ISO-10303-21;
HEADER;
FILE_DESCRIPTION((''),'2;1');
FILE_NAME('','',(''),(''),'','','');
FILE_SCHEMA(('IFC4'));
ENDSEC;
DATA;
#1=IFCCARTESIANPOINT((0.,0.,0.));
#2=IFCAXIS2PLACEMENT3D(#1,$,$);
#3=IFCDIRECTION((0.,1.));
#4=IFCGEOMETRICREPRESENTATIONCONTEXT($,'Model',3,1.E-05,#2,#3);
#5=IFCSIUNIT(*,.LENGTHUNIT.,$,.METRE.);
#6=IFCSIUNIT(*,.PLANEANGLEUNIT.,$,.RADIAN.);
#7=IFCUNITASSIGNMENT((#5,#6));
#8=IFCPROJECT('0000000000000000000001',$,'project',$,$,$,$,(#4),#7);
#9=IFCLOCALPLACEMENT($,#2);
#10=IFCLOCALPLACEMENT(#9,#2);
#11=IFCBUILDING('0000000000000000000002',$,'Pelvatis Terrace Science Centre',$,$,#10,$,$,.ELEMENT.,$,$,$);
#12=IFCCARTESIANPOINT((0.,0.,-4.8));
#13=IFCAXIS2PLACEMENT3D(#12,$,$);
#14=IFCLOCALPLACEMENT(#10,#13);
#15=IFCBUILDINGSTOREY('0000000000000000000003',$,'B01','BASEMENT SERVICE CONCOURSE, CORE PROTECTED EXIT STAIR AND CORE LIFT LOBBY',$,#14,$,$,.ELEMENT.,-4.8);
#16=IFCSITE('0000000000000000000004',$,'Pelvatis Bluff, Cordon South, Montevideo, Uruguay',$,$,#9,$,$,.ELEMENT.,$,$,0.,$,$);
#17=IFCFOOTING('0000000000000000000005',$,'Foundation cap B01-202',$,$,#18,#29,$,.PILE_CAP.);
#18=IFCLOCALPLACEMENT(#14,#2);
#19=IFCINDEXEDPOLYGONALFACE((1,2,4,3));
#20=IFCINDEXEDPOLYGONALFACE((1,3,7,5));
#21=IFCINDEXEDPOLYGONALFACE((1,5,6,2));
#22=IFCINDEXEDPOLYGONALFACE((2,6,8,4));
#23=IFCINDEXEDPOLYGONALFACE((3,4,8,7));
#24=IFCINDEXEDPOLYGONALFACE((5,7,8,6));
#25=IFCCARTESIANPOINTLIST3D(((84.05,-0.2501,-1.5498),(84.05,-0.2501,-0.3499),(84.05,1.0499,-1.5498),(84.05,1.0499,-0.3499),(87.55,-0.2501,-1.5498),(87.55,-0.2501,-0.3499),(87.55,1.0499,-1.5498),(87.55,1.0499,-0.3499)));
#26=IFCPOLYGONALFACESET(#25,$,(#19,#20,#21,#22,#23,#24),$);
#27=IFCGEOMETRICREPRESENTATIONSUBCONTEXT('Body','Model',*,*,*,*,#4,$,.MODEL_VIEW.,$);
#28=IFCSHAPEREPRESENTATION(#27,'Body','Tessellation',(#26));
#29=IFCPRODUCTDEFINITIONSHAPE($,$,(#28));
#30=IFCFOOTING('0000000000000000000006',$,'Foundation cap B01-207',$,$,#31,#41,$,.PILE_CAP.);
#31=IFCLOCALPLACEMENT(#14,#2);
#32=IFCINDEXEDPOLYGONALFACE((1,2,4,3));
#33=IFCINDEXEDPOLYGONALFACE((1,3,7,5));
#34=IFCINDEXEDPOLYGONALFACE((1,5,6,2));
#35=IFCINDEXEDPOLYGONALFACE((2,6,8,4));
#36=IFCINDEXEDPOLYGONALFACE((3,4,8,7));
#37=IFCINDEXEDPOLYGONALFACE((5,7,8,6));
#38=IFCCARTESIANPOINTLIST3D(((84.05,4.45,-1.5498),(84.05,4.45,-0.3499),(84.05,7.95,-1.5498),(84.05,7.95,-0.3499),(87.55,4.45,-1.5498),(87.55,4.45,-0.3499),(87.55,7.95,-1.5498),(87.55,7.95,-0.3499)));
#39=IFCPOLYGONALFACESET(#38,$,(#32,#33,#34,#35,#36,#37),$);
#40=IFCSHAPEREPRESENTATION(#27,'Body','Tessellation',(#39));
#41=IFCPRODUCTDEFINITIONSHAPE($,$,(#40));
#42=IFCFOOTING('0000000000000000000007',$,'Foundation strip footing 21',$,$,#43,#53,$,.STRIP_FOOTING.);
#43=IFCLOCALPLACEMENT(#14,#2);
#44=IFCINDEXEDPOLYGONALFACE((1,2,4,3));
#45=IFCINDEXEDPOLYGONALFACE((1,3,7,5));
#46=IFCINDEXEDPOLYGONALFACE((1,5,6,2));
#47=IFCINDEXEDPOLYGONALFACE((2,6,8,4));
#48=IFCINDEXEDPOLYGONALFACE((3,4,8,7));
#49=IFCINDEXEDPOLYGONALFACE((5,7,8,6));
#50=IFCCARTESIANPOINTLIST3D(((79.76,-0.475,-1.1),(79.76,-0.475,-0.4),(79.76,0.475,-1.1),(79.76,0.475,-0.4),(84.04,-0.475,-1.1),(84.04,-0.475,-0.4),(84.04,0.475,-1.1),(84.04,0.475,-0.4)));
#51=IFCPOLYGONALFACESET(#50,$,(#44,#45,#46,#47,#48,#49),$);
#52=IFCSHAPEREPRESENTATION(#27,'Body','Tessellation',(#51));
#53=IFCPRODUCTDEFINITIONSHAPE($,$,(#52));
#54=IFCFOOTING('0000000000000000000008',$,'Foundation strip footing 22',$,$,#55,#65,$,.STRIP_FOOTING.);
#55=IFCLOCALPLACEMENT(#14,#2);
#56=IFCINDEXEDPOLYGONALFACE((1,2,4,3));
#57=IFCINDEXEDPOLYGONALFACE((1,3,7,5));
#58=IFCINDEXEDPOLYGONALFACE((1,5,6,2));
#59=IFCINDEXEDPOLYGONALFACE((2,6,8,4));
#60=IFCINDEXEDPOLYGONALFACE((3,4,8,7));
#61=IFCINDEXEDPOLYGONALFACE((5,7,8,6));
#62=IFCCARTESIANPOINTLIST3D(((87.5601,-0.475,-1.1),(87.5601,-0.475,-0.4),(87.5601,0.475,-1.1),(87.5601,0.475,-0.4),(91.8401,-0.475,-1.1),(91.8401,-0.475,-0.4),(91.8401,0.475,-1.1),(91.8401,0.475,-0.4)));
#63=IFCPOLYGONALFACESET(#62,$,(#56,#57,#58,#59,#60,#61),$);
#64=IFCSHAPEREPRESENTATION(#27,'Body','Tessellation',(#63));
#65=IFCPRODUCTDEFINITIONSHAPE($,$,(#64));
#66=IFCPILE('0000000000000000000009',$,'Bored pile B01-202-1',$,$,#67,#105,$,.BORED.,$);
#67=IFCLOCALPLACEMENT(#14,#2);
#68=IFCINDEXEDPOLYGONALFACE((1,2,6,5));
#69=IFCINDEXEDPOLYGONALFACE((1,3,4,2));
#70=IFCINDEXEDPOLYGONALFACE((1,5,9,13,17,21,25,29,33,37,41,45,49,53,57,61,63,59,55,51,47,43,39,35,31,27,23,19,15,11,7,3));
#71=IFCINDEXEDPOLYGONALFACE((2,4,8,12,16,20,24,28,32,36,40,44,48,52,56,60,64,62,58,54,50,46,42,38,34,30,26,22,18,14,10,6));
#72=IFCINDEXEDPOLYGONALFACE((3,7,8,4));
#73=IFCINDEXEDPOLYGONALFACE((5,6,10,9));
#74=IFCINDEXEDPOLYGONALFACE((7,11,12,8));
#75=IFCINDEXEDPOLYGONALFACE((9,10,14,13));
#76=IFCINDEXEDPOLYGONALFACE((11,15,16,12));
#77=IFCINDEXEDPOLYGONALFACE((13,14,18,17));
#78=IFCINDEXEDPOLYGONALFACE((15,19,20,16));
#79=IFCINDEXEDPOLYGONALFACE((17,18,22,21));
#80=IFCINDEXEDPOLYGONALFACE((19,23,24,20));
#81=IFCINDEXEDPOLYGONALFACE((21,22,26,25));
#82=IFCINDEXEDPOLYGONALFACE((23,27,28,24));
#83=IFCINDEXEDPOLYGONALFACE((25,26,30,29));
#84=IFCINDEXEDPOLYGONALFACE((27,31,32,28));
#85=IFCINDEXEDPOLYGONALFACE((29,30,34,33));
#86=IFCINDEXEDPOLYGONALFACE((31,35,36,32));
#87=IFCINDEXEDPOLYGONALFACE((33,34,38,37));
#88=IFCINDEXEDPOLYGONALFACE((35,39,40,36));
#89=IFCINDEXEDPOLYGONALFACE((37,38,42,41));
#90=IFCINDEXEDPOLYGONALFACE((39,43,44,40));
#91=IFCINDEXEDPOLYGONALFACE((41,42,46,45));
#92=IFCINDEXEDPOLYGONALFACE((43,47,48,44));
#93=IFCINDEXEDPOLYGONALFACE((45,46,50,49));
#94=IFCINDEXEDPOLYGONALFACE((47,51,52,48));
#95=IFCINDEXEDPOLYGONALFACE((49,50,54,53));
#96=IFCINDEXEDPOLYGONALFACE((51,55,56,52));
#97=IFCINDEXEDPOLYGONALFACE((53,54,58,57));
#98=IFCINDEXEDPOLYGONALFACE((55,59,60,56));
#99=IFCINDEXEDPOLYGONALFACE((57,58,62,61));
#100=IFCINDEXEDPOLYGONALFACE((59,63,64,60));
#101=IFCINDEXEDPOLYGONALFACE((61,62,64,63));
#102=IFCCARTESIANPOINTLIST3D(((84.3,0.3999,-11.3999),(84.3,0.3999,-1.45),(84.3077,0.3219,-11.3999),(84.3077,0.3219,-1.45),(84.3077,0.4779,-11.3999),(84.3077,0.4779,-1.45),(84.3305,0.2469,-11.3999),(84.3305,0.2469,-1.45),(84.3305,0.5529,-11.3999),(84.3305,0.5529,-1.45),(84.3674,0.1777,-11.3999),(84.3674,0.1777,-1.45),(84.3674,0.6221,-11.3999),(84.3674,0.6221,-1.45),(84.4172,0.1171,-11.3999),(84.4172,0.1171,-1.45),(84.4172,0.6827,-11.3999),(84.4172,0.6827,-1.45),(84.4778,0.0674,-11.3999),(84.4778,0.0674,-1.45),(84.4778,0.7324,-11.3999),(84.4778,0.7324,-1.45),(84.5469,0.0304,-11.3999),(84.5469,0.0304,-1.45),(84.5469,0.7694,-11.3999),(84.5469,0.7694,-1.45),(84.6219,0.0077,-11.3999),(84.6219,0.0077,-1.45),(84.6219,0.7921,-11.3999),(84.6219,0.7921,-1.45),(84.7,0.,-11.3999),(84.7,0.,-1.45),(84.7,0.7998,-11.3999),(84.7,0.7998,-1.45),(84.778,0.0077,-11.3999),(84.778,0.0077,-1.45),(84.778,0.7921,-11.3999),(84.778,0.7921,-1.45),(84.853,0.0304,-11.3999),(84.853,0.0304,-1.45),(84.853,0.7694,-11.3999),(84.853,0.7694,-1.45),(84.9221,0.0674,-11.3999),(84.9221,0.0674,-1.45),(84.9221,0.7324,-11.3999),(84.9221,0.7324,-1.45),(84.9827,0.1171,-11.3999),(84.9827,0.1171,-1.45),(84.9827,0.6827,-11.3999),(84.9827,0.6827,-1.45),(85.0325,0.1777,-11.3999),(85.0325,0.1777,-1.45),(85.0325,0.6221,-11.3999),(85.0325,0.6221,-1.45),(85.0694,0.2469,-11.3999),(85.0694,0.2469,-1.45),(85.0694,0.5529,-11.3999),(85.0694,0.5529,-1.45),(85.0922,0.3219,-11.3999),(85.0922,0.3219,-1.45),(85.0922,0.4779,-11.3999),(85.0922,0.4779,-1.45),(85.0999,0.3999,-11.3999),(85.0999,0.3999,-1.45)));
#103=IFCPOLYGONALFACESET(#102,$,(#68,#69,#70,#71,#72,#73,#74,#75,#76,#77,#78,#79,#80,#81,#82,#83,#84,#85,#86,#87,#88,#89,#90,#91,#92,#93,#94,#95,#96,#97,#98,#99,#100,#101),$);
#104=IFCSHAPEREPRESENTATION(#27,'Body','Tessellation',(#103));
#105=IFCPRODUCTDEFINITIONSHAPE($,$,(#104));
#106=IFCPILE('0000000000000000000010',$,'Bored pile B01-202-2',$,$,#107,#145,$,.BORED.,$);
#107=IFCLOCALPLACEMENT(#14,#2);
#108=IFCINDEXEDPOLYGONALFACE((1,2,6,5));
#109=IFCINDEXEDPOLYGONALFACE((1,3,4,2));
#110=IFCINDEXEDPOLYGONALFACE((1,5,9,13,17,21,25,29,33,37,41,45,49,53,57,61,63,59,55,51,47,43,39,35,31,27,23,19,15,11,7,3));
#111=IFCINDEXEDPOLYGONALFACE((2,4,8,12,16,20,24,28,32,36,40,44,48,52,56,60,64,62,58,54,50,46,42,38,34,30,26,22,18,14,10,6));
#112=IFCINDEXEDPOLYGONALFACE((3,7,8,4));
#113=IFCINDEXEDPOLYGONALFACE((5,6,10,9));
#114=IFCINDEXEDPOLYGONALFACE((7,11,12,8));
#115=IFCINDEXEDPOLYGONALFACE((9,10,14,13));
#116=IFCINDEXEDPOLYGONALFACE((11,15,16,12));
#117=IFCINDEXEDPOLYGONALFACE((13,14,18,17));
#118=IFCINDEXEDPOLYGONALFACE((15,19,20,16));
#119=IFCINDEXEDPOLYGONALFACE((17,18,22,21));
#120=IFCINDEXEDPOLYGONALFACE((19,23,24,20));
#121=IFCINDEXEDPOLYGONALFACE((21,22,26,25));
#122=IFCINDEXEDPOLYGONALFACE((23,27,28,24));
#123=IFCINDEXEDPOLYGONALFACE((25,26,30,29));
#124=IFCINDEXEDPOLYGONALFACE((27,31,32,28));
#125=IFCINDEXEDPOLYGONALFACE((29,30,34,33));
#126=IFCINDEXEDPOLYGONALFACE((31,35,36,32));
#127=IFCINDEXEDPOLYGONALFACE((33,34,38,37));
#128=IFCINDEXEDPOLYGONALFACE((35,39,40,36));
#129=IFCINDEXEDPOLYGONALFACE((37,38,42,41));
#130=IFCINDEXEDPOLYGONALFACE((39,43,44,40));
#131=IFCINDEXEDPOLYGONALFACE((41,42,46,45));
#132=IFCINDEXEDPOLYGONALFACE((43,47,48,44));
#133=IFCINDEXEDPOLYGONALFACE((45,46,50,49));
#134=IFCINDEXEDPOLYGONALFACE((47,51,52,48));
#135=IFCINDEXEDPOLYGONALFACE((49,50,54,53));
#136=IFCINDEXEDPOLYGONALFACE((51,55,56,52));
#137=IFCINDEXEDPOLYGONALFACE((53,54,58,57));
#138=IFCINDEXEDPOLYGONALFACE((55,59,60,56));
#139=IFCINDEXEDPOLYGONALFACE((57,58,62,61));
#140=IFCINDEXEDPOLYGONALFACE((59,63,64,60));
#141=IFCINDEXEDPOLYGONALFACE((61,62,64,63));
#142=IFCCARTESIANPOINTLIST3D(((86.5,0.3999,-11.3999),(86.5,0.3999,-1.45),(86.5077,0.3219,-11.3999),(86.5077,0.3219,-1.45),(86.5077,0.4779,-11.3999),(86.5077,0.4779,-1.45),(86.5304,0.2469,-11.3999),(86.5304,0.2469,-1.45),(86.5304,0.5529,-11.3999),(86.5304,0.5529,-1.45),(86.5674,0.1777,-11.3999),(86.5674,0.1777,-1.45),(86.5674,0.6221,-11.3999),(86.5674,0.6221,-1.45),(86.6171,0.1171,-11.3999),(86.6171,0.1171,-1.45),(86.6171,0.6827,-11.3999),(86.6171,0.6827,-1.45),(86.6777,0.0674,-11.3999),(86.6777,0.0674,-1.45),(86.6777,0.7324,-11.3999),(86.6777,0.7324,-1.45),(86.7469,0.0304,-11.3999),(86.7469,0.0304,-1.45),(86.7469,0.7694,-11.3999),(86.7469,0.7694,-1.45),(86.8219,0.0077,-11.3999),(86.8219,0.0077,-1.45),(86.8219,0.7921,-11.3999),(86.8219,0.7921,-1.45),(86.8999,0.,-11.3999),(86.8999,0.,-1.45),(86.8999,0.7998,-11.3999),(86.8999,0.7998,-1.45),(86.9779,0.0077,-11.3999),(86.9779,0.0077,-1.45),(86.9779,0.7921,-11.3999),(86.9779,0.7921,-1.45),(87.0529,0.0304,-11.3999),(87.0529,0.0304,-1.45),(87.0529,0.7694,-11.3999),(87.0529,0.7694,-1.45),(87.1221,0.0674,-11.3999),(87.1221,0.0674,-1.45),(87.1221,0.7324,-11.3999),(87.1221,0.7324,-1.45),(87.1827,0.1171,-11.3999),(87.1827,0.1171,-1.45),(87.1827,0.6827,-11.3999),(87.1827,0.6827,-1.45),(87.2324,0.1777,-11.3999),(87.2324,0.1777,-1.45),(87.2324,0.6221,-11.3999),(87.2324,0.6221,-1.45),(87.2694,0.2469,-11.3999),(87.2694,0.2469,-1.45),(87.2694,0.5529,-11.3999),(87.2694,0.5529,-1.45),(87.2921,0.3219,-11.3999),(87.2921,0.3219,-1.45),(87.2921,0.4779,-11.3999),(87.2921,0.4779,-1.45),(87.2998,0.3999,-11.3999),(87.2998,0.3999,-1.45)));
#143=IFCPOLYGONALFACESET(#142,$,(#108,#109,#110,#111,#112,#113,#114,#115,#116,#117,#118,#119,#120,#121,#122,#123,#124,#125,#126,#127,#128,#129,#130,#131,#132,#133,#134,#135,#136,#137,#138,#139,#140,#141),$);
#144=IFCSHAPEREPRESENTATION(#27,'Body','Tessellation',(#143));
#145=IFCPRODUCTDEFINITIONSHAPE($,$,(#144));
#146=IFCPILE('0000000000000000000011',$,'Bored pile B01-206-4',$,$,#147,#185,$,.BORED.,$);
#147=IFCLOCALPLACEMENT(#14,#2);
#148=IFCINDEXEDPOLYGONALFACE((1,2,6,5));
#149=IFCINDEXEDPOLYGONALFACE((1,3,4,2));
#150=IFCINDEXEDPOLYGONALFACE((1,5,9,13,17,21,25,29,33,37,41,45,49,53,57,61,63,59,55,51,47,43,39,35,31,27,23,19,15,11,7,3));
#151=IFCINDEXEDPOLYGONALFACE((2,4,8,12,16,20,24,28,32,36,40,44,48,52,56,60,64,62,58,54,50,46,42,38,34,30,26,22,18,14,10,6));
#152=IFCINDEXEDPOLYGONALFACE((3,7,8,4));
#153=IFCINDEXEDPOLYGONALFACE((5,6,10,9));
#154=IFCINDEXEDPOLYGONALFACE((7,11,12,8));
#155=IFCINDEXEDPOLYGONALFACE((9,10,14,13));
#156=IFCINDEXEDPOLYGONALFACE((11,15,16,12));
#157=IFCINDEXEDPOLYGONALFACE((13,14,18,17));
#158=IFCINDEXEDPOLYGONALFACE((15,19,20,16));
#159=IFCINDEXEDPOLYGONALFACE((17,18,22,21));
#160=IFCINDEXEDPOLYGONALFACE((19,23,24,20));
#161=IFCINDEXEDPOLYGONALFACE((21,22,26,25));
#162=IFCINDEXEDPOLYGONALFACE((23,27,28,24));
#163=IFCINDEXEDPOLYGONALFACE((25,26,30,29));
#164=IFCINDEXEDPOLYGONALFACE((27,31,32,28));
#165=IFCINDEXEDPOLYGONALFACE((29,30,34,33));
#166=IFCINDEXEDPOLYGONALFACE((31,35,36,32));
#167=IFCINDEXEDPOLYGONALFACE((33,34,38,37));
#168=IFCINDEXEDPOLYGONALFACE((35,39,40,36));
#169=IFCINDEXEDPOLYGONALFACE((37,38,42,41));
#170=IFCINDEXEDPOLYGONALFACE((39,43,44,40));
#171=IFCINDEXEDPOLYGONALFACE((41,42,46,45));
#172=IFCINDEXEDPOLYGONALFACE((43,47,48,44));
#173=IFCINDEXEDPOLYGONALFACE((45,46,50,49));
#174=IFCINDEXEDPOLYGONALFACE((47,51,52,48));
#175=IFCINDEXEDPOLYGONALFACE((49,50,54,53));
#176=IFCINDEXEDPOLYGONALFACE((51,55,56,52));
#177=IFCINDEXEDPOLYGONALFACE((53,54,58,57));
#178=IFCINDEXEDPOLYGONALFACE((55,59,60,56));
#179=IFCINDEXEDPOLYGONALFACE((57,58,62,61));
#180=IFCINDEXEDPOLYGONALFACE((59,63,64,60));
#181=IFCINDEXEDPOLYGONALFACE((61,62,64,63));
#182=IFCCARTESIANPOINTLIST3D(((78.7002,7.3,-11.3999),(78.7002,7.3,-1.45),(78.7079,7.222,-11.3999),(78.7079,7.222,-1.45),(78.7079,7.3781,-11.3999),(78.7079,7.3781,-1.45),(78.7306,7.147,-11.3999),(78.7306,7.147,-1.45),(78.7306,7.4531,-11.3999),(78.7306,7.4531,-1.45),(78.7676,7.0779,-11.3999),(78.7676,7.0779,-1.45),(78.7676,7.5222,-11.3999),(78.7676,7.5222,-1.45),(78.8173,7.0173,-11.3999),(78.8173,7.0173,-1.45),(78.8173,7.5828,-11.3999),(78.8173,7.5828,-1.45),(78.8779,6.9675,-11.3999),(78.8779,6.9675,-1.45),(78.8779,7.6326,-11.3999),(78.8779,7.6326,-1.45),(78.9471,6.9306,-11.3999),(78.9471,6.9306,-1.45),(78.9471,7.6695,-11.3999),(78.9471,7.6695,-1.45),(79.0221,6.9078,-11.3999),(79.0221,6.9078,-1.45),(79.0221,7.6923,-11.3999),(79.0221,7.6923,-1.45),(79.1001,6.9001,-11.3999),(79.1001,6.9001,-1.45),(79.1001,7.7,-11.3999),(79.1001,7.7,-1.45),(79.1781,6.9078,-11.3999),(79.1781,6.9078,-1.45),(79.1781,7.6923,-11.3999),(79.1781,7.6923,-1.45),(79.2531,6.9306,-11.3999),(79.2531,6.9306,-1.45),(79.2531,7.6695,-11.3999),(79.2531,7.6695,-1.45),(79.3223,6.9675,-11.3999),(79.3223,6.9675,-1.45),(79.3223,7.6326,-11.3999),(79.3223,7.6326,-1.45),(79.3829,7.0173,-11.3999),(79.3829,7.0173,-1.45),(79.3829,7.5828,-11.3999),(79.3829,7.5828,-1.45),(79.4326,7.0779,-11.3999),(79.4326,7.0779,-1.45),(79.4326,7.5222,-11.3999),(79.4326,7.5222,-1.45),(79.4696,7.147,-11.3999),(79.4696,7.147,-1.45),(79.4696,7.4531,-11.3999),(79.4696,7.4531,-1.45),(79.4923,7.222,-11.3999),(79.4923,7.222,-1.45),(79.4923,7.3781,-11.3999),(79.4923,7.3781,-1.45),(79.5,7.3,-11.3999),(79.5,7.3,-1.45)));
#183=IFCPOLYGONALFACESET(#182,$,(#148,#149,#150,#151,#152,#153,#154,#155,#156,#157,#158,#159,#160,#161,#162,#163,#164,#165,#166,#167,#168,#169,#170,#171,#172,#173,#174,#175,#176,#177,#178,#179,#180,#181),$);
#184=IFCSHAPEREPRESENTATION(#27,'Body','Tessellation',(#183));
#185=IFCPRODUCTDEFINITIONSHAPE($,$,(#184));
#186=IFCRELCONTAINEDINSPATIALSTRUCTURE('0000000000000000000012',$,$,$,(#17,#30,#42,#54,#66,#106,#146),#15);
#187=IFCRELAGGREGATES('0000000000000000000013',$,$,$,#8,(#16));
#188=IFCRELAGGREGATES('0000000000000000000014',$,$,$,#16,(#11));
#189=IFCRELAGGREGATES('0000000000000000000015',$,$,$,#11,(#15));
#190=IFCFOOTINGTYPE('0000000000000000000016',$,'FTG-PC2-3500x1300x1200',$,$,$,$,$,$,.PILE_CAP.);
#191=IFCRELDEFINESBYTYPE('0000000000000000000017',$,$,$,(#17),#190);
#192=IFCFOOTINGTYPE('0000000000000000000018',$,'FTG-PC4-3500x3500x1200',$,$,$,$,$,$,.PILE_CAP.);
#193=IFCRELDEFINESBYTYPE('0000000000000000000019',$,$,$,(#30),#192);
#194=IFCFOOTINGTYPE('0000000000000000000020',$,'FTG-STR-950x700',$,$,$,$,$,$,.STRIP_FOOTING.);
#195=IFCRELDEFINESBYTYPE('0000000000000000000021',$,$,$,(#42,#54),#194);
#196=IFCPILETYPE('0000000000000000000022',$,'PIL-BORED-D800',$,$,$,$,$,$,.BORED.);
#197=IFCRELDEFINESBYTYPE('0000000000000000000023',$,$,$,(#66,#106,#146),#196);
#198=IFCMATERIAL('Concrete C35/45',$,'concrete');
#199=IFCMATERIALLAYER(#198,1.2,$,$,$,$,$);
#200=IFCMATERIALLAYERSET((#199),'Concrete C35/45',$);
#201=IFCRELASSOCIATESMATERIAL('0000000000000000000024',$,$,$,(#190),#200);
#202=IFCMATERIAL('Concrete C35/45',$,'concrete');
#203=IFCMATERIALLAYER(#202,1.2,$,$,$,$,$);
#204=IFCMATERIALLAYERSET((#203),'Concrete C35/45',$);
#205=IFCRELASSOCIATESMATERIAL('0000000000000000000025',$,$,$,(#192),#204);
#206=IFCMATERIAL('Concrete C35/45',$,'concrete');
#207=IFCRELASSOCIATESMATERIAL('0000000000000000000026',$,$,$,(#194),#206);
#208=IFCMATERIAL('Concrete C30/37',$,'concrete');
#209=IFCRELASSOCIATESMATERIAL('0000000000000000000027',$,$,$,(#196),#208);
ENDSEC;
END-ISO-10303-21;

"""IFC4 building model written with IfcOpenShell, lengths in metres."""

from ifc_helpers import new_model, si_unit, direction, frame, origin, origin_2d, place, context, subcontext, project, spatial, rectangle, circle, extrude, material, layer, layer_set, material_profile, profile_set, type_object, element, save


model = new_model("IFC4")

# Units and contexts
model_context = context("Model", 3, precision=1e-05, world=origin(), true_north=direction((0.0, 1.0)))
body_context = subcontext(model_context, "Body", "Model", "MODEL_VIEW")
ifc_project = project(units=[si_unit("LENGTHUNIT", "METRE"), si_unit("PLANEANGLEUNIT", "RADIAN")], contexts=[model_context])

# Site, building, storey
site_placement = place(None, origin())
site = spatial("IfcSite", under=ifc_project, at=site_placement, Name="Pelvatis Bluff, Cordon South, Montevideo, Uruguay", CompositionType="ELEMENT", RefElevation=0.0)
building_placement = place(site_placement, origin())
building = spatial("IfcBuilding", under=site, at=building_placement, Name="Pelvatis Terrace Science Centre", CompositionType="ELEMENT")
storey_placement = place(building_placement, frame((0.0, 0.0, -4.8)))
storey = spatial("IfcBuildingStorey", under=building, at=storey_placement, Name="B01", Description="BASEMENT SERVICE CONCOURSE, CORE PROTECTED EXIT STAIR AND CORE LIFT LOBBY", CompositionType="ELEMENT", Elevation=-4.8)

# Footings
ifc_material_1 = material(Name="Concrete C35/45", Category="concrete")
ifc_layer_1 = layer(ifc_material_1, 1.2)
ifc_layer_set_1 = layer_set([ifc_layer_1], Name="Concrete C35/45")
footing_type_1 = type_object("IfcFootingType", Name="FTG-PC2-3500x1300x1200", PredefinedType="PILE_CAP", material=ifc_layer_set_1)
footing_1_placement = place(storey_placement, frame((85.8, 0.3999, -1.5498), z_axis=(0.0, 0.0, 1.0), x_axis=(1.0, 0.0, 0.0)))
element("IfcFooting", 1, at=footing_1_placement, inside=storey, type_object=footing_type_1, Name="Foundation cap B01-202", PredefinedType="PILE_CAP", context=body_context, shape_type="SweptSolid", body=[
    extrude(rectangle(XDim=3.5, YDim=1.3, at=origin_2d()), origin(), (0.0, 0.0, 1.0), 1.2),
])
ifc_material_2 = material(Name="Concrete C35/45", Category="concrete")
ifc_layer_2 = layer(ifc_material_2, 1.2)
ifc_layer_set_2 = layer_set([ifc_layer_2], Name="Concrete C35/45")
footing_type_2 = type_object("IfcFootingType", Name="FTG-PC4-3500x3500x1200", PredefinedType="PILE_CAP", material=ifc_layer_set_2)
footing_2_placement = place(storey_placement, frame((85.8, 6.2, -1.5498), z_axis=(0.0, 0.0, 1.0), x_axis=(1.0, 0.0, 0.0)))
element("IfcFooting", 2, at=footing_2_placement, inside=storey, type_object=footing_type_2, Name="Foundation cap B01-207", PredefinedType="PILE_CAP", context=body_context, shape_type="SweptSolid", body=[
    extrude(rectangle(XDim=3.5, YDim=3.5, at=origin_2d()), origin(), (0.0, 0.0, 1.0), 1.2),
])
ifc_material_3 = material(Name="Concrete C35/45", Category="concrete")
ifc_material_profile_1 = material_profile(ifc_material_3, rectangle(XDim=0.95, YDim=0.7, at=origin_2d()), Name="RC-STR 950x700")
ifc_profile_set_1 = profile_set([ifc_material_profile_1], Name="Concrete C35/45")
footing_type_3 = type_object("IfcFootingType", Name="FTG-STR-950x700", PredefinedType="STRIP_FOOTING", material=ifc_profile_set_1)
for number, where, z_axis, x_axis, name in (
    (3, (79.76, 0.0, -0.75), (1.0, 0.0, 0.0), (0.0, 1.0, 0.0), "Foundation strip footing 21"),
    (4, (87.5601, 0.0, -0.75), (1.0, 0.0, 0.0), (0.0, 1.0, 0.0), "Foundation strip footing 22"),
):
    element("IfcFooting", number, at=place(storey_placement, frame(where, z_axis=z_axis, x_axis=x_axis)), inside=storey, type_object=footing_type_3, Name=name, PredefinedType="STRIP_FOOTING", context=body_context, shape_type="SweptSolid", body=[
        extrude(rectangle(XDim=0.95, YDim=0.7, at=origin_2d()), origin(), (0.0, 0.0, 1.0), 4.28),
    ])

# Piles
ifc_material_4 = material(Name="Concrete C30/37", Category="concrete")
ifc_material_profile_2 = material_profile(ifc_material_4, circle(Radius=0.3999, at=origin_2d()), Name="PILE D800")
ifc_profile_set_2 = profile_set([ifc_material_profile_2], Name="Concrete C30/37")
pile_type = type_object("IfcPileType", Name="PIL-BORED-D800", PredefinedType="BORED", material=ifc_profile_set_2)
for number, where, z_axis, x_axis, name in (
    (5, (84.7, 0.3999, -1.45), (0.0, 0.0, -1.0), (1.0, 0.0, 0.0), "Bored pile B01-202-1"),
    (6, (86.8999, 0.3999, -1.45), (0.0, 0.0, -1.0), (1.0, 0.0, 0.0), "Bored pile B01-202-2"),
    (7, (79.1001, 7.3, -1.45), (0.0, 0.0, -1.0), (1.0, 0.0, 0.0), "Bored pile B01-206-4"),
):
    element("IfcPile", number, at=place(storey_placement, frame(where, z_axis=z_axis, x_axis=x_axis)), inside=storey, type_object=pile_type, Name=name, PredefinedType="BORED", context=body_context, shape_type="SweptSolid", body=[
        extrude(circle(Radius=0.3999, at=origin_2d()), origin(), (0.0, 0.0, 1.0), 9.95),
    ])

save(model, "model.ifc")
